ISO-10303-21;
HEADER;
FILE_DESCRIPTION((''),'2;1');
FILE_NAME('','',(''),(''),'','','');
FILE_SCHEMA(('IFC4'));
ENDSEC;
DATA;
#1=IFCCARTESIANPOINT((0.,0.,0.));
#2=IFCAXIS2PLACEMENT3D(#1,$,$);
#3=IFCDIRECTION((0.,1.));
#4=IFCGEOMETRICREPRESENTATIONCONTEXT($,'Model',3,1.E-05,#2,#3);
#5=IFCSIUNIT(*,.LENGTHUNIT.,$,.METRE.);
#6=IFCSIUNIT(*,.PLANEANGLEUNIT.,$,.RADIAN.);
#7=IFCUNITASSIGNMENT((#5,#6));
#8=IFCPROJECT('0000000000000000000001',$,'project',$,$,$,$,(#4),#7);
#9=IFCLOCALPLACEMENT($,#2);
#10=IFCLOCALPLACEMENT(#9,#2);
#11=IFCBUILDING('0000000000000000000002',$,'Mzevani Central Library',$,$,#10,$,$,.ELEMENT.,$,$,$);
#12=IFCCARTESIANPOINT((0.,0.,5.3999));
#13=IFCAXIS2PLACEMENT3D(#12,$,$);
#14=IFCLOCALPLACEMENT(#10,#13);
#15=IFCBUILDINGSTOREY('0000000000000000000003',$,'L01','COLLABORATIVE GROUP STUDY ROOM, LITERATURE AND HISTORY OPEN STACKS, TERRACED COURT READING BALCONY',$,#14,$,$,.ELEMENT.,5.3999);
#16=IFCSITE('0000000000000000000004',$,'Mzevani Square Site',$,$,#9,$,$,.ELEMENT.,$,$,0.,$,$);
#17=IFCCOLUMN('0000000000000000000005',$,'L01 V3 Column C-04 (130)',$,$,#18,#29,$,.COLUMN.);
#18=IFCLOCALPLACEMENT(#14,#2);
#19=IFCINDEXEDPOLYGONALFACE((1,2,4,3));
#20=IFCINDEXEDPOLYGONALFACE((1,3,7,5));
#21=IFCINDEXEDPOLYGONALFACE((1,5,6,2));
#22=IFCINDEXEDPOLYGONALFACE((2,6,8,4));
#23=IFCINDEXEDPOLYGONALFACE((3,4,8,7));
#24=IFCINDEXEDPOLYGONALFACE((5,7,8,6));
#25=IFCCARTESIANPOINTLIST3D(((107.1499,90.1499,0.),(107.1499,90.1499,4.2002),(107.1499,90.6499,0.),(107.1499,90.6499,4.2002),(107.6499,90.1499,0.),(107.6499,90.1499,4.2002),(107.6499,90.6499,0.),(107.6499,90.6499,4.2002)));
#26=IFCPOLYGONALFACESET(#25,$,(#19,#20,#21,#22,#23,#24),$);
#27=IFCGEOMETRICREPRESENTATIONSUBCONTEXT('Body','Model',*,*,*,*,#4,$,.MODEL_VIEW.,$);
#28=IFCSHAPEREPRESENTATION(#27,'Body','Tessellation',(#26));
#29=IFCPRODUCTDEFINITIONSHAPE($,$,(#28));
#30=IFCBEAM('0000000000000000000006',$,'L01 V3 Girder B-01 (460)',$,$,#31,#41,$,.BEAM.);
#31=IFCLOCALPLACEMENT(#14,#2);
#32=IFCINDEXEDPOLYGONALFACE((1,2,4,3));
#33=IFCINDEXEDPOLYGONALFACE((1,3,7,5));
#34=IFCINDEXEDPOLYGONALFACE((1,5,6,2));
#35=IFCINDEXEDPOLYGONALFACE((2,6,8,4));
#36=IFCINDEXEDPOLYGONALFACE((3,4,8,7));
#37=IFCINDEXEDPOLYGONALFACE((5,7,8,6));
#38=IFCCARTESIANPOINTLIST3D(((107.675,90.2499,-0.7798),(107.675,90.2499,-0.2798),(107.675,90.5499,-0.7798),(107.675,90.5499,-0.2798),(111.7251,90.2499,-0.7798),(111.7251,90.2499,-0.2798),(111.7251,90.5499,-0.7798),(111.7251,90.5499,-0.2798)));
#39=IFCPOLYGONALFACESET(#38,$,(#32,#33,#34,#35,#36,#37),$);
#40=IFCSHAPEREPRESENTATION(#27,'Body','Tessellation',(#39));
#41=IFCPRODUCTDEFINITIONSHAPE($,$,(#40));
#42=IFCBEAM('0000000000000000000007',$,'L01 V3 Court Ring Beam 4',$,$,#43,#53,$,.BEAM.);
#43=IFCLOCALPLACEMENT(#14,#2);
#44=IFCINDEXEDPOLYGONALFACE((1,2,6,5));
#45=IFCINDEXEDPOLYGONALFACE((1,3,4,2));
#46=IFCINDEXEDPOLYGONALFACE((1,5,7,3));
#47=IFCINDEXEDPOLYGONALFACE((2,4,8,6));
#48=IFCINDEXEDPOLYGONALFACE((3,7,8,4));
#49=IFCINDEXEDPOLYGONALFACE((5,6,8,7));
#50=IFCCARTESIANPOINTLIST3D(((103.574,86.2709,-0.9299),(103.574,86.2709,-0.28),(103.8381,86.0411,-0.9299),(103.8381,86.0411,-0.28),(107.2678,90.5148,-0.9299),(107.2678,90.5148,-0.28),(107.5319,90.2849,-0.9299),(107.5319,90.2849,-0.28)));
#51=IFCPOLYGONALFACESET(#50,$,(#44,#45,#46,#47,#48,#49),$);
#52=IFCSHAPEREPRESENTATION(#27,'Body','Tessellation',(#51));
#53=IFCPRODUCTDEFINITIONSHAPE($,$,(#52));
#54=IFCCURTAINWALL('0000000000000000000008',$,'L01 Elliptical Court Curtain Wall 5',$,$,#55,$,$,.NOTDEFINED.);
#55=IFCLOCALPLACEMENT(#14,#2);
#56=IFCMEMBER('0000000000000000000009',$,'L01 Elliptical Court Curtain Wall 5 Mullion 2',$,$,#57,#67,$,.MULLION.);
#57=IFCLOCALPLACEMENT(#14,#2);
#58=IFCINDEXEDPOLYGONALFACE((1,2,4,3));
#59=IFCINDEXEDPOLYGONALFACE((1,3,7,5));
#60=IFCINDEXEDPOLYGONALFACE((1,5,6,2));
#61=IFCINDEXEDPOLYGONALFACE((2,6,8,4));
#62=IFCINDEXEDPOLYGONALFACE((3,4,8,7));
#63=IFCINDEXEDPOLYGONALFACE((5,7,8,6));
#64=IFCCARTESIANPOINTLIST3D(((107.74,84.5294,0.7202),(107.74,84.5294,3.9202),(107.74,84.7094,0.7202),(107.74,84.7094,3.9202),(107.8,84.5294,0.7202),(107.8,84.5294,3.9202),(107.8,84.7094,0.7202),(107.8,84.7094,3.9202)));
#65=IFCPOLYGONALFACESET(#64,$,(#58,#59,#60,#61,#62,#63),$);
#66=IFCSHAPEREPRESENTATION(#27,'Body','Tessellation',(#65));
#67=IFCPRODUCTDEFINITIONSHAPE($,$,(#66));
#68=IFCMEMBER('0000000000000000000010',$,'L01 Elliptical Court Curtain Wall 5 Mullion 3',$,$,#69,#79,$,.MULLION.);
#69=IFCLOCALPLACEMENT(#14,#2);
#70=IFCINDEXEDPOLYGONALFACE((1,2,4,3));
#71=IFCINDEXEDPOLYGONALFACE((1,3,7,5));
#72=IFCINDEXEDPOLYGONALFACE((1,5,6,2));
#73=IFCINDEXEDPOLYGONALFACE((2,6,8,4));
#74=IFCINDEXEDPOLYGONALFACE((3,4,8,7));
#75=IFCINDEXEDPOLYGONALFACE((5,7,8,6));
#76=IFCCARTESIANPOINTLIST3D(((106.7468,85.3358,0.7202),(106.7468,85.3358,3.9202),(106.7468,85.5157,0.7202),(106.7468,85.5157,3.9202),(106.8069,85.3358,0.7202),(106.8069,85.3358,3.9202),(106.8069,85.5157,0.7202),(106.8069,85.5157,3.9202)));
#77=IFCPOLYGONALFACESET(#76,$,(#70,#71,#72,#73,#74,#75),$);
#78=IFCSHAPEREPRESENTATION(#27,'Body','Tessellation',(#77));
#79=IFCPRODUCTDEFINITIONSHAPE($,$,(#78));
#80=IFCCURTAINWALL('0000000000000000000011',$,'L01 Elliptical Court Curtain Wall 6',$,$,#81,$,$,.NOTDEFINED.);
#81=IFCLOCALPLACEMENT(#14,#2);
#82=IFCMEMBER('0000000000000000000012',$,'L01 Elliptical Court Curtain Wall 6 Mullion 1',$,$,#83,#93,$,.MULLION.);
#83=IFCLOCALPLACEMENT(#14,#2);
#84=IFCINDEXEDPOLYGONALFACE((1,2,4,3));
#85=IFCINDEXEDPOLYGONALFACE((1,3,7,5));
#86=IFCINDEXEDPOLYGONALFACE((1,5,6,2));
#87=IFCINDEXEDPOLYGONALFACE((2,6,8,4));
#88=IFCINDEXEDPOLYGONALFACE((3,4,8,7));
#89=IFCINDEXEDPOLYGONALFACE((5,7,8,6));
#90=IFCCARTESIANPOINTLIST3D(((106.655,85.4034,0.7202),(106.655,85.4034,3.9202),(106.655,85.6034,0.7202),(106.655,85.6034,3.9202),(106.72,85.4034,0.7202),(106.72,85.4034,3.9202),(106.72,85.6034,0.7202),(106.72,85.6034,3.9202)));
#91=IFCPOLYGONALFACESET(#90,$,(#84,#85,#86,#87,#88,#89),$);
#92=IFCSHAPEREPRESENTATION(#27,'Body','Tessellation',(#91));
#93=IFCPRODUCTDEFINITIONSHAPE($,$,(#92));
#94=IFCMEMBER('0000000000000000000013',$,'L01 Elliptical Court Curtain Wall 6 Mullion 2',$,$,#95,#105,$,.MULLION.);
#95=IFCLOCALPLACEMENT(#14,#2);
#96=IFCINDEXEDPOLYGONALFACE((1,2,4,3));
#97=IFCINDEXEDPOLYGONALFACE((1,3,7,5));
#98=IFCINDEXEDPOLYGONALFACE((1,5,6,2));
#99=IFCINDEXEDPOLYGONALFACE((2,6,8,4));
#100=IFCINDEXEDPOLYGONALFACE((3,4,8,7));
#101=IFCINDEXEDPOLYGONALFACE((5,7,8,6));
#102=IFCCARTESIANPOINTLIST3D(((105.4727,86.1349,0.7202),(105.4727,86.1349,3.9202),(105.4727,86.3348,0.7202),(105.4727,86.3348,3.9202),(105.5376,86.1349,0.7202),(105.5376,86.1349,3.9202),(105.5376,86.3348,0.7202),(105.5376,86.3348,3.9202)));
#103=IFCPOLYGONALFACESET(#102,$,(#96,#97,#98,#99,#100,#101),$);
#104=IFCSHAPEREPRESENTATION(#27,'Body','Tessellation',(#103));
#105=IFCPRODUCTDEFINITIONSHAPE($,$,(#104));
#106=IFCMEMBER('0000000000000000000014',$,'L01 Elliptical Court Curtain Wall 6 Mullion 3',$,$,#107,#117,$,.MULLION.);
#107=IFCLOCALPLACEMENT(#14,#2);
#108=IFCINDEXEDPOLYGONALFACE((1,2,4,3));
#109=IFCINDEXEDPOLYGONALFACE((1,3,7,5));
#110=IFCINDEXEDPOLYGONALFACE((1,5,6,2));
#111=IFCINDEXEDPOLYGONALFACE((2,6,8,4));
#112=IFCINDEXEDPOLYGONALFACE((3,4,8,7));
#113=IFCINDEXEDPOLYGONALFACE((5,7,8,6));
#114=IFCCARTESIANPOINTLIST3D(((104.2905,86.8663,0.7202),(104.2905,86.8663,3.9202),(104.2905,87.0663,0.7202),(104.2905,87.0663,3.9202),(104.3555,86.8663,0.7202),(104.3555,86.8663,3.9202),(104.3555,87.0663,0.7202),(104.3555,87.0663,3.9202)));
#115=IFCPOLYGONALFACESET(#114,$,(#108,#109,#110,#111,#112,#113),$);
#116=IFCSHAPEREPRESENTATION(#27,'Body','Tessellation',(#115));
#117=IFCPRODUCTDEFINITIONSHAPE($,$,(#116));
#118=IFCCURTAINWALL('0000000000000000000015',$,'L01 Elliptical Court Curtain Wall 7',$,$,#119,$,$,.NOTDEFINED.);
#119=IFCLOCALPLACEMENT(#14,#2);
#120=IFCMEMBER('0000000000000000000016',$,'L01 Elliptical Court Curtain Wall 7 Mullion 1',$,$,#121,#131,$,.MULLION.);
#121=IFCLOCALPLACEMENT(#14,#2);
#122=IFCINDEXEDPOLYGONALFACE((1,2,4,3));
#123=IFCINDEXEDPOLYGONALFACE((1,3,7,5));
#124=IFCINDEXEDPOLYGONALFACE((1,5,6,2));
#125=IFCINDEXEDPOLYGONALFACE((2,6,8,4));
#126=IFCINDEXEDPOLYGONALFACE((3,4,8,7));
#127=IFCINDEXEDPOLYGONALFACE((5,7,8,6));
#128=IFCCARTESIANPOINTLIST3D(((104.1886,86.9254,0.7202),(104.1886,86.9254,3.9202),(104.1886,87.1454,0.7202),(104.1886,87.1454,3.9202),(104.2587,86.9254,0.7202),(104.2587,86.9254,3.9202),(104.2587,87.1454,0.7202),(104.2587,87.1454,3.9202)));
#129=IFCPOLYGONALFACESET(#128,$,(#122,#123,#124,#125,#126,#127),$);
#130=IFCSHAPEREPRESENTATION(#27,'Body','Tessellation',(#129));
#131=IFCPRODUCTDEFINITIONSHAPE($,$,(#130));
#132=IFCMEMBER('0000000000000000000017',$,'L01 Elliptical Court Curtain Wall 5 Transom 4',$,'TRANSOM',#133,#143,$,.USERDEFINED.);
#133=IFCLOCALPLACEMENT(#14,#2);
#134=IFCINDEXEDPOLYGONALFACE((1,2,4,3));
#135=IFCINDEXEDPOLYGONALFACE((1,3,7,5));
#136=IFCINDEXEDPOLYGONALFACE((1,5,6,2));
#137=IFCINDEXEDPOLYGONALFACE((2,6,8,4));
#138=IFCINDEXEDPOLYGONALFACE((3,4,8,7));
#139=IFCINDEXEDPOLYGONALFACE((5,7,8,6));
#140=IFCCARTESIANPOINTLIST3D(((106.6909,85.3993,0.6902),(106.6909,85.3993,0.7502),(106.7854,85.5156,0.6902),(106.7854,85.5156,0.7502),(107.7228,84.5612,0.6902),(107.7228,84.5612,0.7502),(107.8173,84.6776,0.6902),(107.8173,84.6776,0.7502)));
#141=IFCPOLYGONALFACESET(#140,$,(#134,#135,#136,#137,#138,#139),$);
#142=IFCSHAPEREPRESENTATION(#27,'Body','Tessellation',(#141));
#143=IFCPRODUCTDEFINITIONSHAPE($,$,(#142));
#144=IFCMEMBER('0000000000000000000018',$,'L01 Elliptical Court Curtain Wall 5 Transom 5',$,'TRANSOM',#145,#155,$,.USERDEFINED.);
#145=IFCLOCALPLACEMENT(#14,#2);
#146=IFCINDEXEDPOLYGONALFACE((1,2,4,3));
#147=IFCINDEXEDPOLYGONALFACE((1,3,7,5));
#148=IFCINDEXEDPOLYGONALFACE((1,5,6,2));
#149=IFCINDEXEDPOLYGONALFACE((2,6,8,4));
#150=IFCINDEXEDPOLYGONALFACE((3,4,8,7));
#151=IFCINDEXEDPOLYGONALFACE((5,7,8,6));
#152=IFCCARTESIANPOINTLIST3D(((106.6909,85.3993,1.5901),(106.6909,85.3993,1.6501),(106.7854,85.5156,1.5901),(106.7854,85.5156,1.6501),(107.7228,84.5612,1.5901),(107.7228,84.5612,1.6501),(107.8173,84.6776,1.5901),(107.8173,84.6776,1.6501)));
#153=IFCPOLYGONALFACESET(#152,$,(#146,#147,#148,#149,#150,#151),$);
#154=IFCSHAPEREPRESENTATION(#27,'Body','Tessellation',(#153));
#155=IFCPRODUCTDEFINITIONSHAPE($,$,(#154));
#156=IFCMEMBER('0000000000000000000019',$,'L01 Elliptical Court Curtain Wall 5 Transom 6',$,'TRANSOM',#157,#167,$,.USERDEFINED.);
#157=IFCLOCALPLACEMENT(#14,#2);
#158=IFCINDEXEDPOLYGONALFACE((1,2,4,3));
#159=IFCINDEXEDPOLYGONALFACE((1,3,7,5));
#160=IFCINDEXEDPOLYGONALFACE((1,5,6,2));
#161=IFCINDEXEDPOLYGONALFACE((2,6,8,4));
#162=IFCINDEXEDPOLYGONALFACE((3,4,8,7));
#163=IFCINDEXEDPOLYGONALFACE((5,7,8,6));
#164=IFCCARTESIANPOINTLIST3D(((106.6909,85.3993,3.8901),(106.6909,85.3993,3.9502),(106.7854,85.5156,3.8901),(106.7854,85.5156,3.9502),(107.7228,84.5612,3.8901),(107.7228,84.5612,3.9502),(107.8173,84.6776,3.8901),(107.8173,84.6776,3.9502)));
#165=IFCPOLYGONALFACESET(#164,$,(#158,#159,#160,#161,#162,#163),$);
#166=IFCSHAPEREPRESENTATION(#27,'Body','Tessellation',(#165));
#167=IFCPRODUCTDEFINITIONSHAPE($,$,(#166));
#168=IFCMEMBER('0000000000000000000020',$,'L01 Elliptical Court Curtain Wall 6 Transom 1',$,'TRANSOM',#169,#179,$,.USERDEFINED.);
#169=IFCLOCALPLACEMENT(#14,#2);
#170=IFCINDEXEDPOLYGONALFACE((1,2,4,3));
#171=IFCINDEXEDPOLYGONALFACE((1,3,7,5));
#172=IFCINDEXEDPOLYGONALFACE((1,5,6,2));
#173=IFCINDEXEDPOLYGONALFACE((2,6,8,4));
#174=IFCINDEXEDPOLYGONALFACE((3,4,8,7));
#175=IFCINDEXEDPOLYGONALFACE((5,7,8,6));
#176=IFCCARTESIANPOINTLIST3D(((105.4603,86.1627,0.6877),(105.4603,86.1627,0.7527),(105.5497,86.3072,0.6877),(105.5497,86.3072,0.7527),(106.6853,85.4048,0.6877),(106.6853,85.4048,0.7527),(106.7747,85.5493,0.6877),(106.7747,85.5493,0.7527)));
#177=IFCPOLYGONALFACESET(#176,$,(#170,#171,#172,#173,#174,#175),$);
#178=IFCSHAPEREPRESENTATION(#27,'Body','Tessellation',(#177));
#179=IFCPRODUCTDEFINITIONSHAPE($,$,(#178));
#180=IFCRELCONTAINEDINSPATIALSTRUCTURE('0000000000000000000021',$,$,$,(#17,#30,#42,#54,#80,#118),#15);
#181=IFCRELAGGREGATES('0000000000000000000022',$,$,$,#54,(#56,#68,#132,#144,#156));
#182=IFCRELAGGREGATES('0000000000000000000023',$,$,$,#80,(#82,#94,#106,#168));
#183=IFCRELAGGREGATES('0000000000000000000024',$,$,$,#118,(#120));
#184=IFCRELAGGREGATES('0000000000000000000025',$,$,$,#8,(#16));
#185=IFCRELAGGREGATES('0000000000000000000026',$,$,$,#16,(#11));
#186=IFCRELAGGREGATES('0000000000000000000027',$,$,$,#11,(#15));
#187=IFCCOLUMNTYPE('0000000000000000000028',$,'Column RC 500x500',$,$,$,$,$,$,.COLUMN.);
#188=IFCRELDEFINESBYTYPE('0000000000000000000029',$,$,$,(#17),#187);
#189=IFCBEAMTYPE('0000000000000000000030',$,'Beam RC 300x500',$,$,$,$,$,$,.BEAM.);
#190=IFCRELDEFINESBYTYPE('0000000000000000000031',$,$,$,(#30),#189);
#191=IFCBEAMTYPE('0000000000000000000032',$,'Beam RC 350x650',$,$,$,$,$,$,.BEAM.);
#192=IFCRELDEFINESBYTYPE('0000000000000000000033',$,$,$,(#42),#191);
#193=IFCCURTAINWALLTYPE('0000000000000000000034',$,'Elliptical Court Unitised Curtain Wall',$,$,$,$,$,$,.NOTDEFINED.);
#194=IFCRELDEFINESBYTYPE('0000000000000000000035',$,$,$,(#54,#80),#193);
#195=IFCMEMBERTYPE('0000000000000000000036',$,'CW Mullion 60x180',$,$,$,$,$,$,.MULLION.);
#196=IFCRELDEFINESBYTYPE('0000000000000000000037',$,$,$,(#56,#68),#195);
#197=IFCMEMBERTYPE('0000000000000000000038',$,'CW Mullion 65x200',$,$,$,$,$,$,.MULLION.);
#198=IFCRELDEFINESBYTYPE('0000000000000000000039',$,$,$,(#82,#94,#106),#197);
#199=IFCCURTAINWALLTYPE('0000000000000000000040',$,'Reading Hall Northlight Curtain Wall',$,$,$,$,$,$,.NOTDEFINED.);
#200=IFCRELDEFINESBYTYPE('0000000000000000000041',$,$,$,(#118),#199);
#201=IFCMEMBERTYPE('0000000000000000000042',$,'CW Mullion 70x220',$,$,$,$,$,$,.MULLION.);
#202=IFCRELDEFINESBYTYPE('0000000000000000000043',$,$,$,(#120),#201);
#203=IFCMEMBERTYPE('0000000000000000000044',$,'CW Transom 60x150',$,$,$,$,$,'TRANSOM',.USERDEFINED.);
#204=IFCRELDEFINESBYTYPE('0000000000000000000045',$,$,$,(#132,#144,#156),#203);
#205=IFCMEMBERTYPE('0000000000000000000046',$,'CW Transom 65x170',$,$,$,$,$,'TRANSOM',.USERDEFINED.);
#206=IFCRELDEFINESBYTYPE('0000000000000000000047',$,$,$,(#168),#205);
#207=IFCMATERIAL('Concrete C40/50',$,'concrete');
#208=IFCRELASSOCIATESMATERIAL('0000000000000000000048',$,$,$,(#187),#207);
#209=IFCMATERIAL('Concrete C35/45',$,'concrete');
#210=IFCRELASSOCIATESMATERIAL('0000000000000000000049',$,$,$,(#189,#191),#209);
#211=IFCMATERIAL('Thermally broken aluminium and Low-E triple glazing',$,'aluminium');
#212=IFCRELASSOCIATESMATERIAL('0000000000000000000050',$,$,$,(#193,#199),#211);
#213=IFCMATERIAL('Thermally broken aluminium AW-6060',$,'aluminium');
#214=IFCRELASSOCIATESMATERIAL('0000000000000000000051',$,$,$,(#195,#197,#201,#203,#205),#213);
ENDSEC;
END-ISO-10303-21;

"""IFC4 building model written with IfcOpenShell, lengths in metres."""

from ifc_helpers import new_model, si_unit, direction, frame, origin, origin_2d, place, context, subcontext, project, spatial, rectangle, extrude, material, material_profile, profile_set, type_object, element, aggregate, save


model = new_model("IFC4")

# Units and contexts
model_context = context("Model", 3, precision=1e-05, world=origin(), true_north=direction((0.0, 1.0)))
body_context = subcontext(model_context, "Body", "Model", "MODEL_VIEW")
ifc_project = project(units=[si_unit("LENGTHUNIT", "METRE"), si_unit("PLANEANGLEUNIT", "RADIAN")], contexts=[model_context])

# Site, building, storey
site_placement = place(None, origin())
site = spatial("IfcSite", under=ifc_project, at=site_placement, Name="Mzevani Square Site", CompositionType="ELEMENT", RefElevation=0.0)
building_placement = place(site_placement, origin())
building = spatial("IfcBuilding", under=site, at=building_placement, Name="Mzevani Central Library", CompositionType="ELEMENT")
storey_placement = place(building_placement, frame((0.0, 0.0, 5.3999)))
storey = spatial("IfcBuildingStorey", under=building, at=storey_placement, Name="L01", Description="COLLABORATIVE GROUP STUDY ROOM, LITERATURE AND HISTORY OPEN STACKS, TERRACED COURT READING BALCONY", CompositionType="ELEMENT", Elevation=5.3999)

# Column
ifc_material_1 = material(Name="Concrete C40/50", Category="concrete")
ifc_material_profile_1 = material_profile(ifc_material_1, rectangle(XDim=0.5, YDim=0.5, at=origin_2d()), Name="RC 500x500")
ifc_profile_set_1 = profile_set([ifc_material_profile_1], Name="Concrete C40/50")
column_type = type_object("IfcColumnType", Name="Column RC 500x500", PredefinedType="COLUMN", material=ifc_profile_set_1)
column_placement = place(storey_placement, frame((107.3999, 90.3999, 0.0), z_axis=(0.0, 0.0, 1.0), x_axis=(1.0, 0.0, 0.0)))
element("IfcColumn", 1, at=column_placement, inside=storey, type_object=column_type, Name="L01 V3 Column C-04 (130)", PredefinedType="COLUMN", context=body_context, shape_type="SweptSolid", body=[
    extrude(rectangle(XDim=0.5, YDim=0.5, at=origin_2d()), origin(), (0.0, 0.0, 1.0), 4.2002),
])

# Beams
ifc_material_2 = material(Name="Concrete C35/45", Category="concrete")
ifc_material_profile_2 = material_profile(ifc_material_2, rectangle(XDim=0.3, YDim=0.5, at=origin_2d()), Name="RC B300x500")
ifc_profile_set_2 = profile_set([ifc_material_profile_2], Name="Concrete C35/45")
beam_type_1 = type_object("IfcBeamType", Name="Beam RC 300x500", PredefinedType="BEAM", material=ifc_profile_set_2)
beam_1_placement = place(storey_placement, frame((107.675, 90.3999, -0.5298), z_axis=(1.0, 0.0, 0.0), x_axis=(0.0, 1.0, 0.0)))
element("IfcBeam", 2, at=beam_1_placement, inside=storey, type_object=beam_type_1, Name="L01 V3 Girder B-01 (460)", PredefinedType="BEAM", context=body_context, shape_type="SweptSolid", body=[
    extrude(rectangle(XDim=0.3, YDim=0.5, at=origin_2d()), origin(), (0.0, 0.0, 1.0), 4.05),
])
ifc_material_profile_3 = material_profile(ifc_material_2, rectangle(XDim=0.3501, YDim=0.6499, at=origin_2d()), Name="RC B350x650")
ifc_profile_set_3 = profile_set([ifc_material_profile_3], Name="Concrete C35/45")
beam_type_2 = type_object("IfcBeamType", Name="Beam RC 350x650", PredefinedType="BEAM", material=ifc_profile_set_3)
beam_2_placement = place(storey_placement, frame((103.7061, 86.156, -0.605), z_axis=(0.656533, 0.754297, 0.0), x_axis=(-0.754297, 0.656533, 0.0)))
element("IfcBeam", 3, at=beam_2_placement, inside=storey, type_object=beam_type_2, Name="L01 V3 Court Ring Beam 4", PredefinedType="BEAM", context=body_context, shape_type="SweptSolid", body=[
    extrude(rectangle(XDim=0.3501, YDim=0.6499, at=origin_2d()), origin(), (0.0, 0.0, 1.0), 5.6262),
])

# Curtain walls, members
ifc_material_3 = material(Name="Thermally broken aluminium and Low-E triple glazing", Category="aluminium")
curtain_wall_type_1 = type_object("IfcCurtainWallType", Name="Elliptical Court Unitised Curtain Wall", PredefinedType="NOTDEFINED", material=ifc_material_3)
curtain_wall_1_placement = place(storey_placement, origin())
curtain_wall_1 = element("IfcCurtainWall", 4, at=curtain_wall_1_placement, inside=storey, type_object=curtain_wall_type_1, Name="L01 Elliptical Court Curtain Wall 5", PredefinedType="NOTDEFINED")
ifc_material_4 = material(Name="Thermally broken aluminium AW-6060", Category="aluminium")
ifc_material_profile_4 = material_profile(ifc_material_4, rectangle(XDim=0.0601, YDim=0.1799, at=origin_2d()), Name="ALU M60x180")
ifc_profile_set_4 = profile_set([ifc_material_profile_4], Name="Thermally broken aluminium AW-6060")
member_type_1 = type_object("IfcMemberType", Name="CW Mullion 60x180", PredefinedType="MULLION", material=ifc_profile_set_4)
member_1_placement = place(storey_placement, frame((107.77, 84.6194, 0.7202), z_axis=(0.0, 0.0, 1.0), x_axis=(1.0, 0.0, 0.0)))
member_1 = element("IfcMember", 5, at=member_1_placement, type_object=member_type_1, Name="L01 Elliptical Court Curtain Wall 5 Mullion 2", PredefinedType="MULLION", context=body_context, shape_type="SweptSolid", body=[
    extrude(rectangle(XDim=0.0601, YDim=0.1799, at=origin_2d()), origin(), (0.0, 0.0, 1.0), 3.2),
])
member_2_placement = place(storey_placement, frame((106.7769, 85.4258, 0.7202), z_axis=(0.0, 0.0, 1.0), x_axis=(1.0, 0.0, 0.0)))
member_2 = element("IfcMember", 6, at=member_2_placement, type_object=member_type_1, Name="L01 Elliptical Court Curtain Wall 5 Mullion 3", PredefinedType="MULLION", context=body_context, shape_type="SweptSolid", body=[
    extrude(rectangle(XDim=0.0601, YDim=0.1799, at=origin_2d()), origin(), (0.0, 0.0, 1.0), 3.2),
])
curtain_wall_2_placement = place(storey_placement, origin())
curtain_wall_2 = element("IfcCurtainWall", 7, at=curtain_wall_2_placement, inside=storey, type_object=curtain_wall_type_1, Name="L01 Elliptical Court Curtain Wall 6", PredefinedType="NOTDEFINED")
ifc_material_profile_5 = material_profile(ifc_material_4, rectangle(XDim=0.0649, YDim=0.2, at=origin_2d()), Name="ALU M65x200")
ifc_profile_set_5 = profile_set([ifc_material_profile_5], Name="Thermally broken aluminium AW-6060")
member_type_2 = type_object("IfcMemberType", Name="CW Mullion 65x200", PredefinedType="MULLION", material=ifc_profile_set_5)
member_3_placement = place(storey_placement, frame((106.6875, 85.5034, 0.7202), z_axis=(0.0, 0.0, 1.0), x_axis=(1.0, 0.0, 0.0)))
member_3 = element("IfcMember", 8, at=member_3_placement, type_object=member_type_2, Name="L01 Elliptical Court Curtain Wall 6 Mullion 1", PredefinedType="MULLION", context=body_context, shape_type="SweptSolid", body=[
    extrude(rectangle(XDim=0.0649, YDim=0.2, at=origin_2d()), origin(), (0.0, 0.0, 1.0), 3.2),
])
member_4_placement = place(storey_placement, frame((105.5051, 86.2349, 0.7202), z_axis=(0.0, 0.0, 1.0), x_axis=(1.0, 0.0, 0.0)))
member_4 = element("IfcMember", 9, at=member_4_placement, type_object=member_type_2, Name="L01 Elliptical Court Curtain Wall 6 Mullion 2", PredefinedType="MULLION", context=body_context, shape_type="SweptSolid", body=[
    extrude(rectangle(XDim=0.0649, YDim=0.2, at=origin_2d()), origin(), (0.0, 0.0, 1.0), 3.2),
])
member_5_placement = place(storey_placement, frame((104.323, 86.9663, 0.7202), z_axis=(0.0, 0.0, 1.0), x_axis=(1.0, 0.0, 0.0)))
member_5 = element("IfcMember", 10, at=member_5_placement, type_object=member_type_2, Name="L01 Elliptical Court Curtain Wall 6 Mullion 3", PredefinedType="MULLION", context=body_context, shape_type="SweptSolid", body=[
    extrude(rectangle(XDim=0.0649, YDim=0.2, at=origin_2d()), origin(), (0.0, 0.0, 1.0), 3.2),
])

# Curtain wall, member
curtain_wall_type_2 = type_object("IfcCurtainWallType", Name="Reading Hall Northlight Curtain Wall", PredefinedType="NOTDEFINED", material=ifc_material_3)
curtain_wall_3_placement = place(storey_placement, origin())
curtain_wall_3 = element("IfcCurtainWall", 11, at=curtain_wall_3_placement, inside=storey, type_object=curtain_wall_type_2, Name="L01 Elliptical Court Curtain Wall 7", PredefinedType="NOTDEFINED")
ifc_material_profile_6 = material_profile(ifc_material_4, rectangle(XDim=0.0701, YDim=0.22, at=origin_2d()), Name="ALU M70x220")
ifc_profile_set_6 = profile_set([ifc_material_profile_6], Name="Thermally broken aluminium AW-6060")
member_type_3 = type_object("IfcMemberType", Name="CW Mullion 70x220", PredefinedType="MULLION", material=ifc_profile_set_6)
member_6_placement = place(storey_placement, frame((104.2236, 87.0354, 0.7202), z_axis=(0.0, 0.0, 1.0), x_axis=(1.0, 0.0, 0.0)))
member_6 = element("IfcMember", 12, at=member_6_placement, type_object=member_type_3, Name="L01 Elliptical Court Curtain Wall 7 Mullion 1", PredefinedType="MULLION", context=body_context, shape_type="SweptSolid", body=[
    extrude(rectangle(XDim=0.0701, YDim=0.22, at=origin_2d()), origin(), (0.0, 0.0, 1.0), 3.2),
])

# Members
ifc_material_profile_7 = material_profile(ifc_material_4, rectangle(XDim=0.1499, YDim=0.0601, at=origin_2d()), Name="ALU T60x150")
ifc_profile_set_7 = profile_set([ifc_material_profile_7], Name="Thermally broken aluminium AW-6060")
member_type_4 = type_object("IfcMemberType", Name="CW Transom 60x150", ElementType="TRANSOM", PredefinedType="USERDEFINED", material=ifc_profile_set_7)
member_7_placement = place(storey_placement, frame((107.77, 84.6194, 0.7202), z_axis=(-0.776243, 0.630434, 0.0), x_axis=(-0.630434, -0.776243, 0.0)))
member_7 = element("IfcMember", 13, at=member_7_placement, type_object=member_type_4, Name="L01 Elliptical Court Curtain Wall 5 Transom 4", ObjectType="TRANSOM", PredefinedType="USERDEFINED", context=body_context, shape_type="SweptSolid", body=[
    extrude(rectangle(XDim=0.1499, YDim=0.0601, at=origin_2d()), origin(), (0.0, 0.0, 1.0), 1.3293),
])
member_8_placement = place(storey_placement, frame((107.77, 84.6194, 1.6201), z_axis=(-0.776243, 0.630434, 0.0), x_axis=(-0.630434, -0.776243, 0.0)))
member_8 = element("IfcMember", 14, at=member_8_placement, type_object=member_type_4, Name="L01 Elliptical Court Curtain Wall 5 Transom 5", ObjectType="TRANSOM", PredefinedType="USERDEFINED", context=body_context, shape_type="SweptSolid", body=[
    extrude(rectangle(XDim=0.1499, YDim=0.0601, at=origin_2d()), origin(), (0.0, 0.0, 1.0), 1.3293),
])
member_9_placement = place(storey_placement, frame((107.77, 84.6194, 3.9202), z_axis=(-0.776243, 0.630434, 0.0), x_axis=(-0.630434, -0.776243, 0.0)))
member_9 = element("IfcMember", 15, at=member_9_placement, type_object=member_type_4, Name="L01 Elliptical Court Curtain Wall 5 Transom 6", ObjectType="TRANSOM", PredefinedType="USERDEFINED", context=body_context, shape_type="SweptSolid", body=[
    extrude(rectangle(XDim=0.1499, YDim=0.0601, at=origin_2d()), origin(), (0.0, 0.0, 1.0), 1.3293),
])
ifc_material_profile_8 = material_profile(ifc_material_4, rectangle(XDim=0.1699, YDim=0.0649, at=origin_2d()), Name="ALU T65x170")
ifc_profile_set_8 = profile_set([ifc_material_profile_8], Name="Thermally broken aluminium AW-6060")
member_type_5 = type_object("IfcMemberType", Name="CW Transom 65x170", ElementType="TRANSOM", PredefinedType="USERDEFINED", material=ifc_profile_set_8)
member_10_placement = place(storey_placement, frame((106.73, 85.4771, 0.7202), z_axis=(-0.850399, 0.526139, 0.0), x_axis=(-0.526139, -0.850399, 0.0)))
member_10 = element("IfcMember", 16, at=member_10_placement, type_object=member_type_5, Name="L01 Elliptical Court Curtain Wall 6 Transom 1", ObjectType="TRANSOM", PredefinedType="USERDEFINED", context=body_context, shape_type="SweptSolid", body=[
    extrude(rectangle(XDim=0.1699, YDim=0.0649, at=origin_2d()), origin(), (0.0, 0.0, 1.0), 1.4404),
])

aggregate(curtain_wall_1, [member_1, member_2, member_7, member_8, member_9])
aggregate(curtain_wall_2, [member_3, member_4, member_5, member_10])
aggregate(curtain_wall_3, [member_6])

save(model, "model.ifc")
